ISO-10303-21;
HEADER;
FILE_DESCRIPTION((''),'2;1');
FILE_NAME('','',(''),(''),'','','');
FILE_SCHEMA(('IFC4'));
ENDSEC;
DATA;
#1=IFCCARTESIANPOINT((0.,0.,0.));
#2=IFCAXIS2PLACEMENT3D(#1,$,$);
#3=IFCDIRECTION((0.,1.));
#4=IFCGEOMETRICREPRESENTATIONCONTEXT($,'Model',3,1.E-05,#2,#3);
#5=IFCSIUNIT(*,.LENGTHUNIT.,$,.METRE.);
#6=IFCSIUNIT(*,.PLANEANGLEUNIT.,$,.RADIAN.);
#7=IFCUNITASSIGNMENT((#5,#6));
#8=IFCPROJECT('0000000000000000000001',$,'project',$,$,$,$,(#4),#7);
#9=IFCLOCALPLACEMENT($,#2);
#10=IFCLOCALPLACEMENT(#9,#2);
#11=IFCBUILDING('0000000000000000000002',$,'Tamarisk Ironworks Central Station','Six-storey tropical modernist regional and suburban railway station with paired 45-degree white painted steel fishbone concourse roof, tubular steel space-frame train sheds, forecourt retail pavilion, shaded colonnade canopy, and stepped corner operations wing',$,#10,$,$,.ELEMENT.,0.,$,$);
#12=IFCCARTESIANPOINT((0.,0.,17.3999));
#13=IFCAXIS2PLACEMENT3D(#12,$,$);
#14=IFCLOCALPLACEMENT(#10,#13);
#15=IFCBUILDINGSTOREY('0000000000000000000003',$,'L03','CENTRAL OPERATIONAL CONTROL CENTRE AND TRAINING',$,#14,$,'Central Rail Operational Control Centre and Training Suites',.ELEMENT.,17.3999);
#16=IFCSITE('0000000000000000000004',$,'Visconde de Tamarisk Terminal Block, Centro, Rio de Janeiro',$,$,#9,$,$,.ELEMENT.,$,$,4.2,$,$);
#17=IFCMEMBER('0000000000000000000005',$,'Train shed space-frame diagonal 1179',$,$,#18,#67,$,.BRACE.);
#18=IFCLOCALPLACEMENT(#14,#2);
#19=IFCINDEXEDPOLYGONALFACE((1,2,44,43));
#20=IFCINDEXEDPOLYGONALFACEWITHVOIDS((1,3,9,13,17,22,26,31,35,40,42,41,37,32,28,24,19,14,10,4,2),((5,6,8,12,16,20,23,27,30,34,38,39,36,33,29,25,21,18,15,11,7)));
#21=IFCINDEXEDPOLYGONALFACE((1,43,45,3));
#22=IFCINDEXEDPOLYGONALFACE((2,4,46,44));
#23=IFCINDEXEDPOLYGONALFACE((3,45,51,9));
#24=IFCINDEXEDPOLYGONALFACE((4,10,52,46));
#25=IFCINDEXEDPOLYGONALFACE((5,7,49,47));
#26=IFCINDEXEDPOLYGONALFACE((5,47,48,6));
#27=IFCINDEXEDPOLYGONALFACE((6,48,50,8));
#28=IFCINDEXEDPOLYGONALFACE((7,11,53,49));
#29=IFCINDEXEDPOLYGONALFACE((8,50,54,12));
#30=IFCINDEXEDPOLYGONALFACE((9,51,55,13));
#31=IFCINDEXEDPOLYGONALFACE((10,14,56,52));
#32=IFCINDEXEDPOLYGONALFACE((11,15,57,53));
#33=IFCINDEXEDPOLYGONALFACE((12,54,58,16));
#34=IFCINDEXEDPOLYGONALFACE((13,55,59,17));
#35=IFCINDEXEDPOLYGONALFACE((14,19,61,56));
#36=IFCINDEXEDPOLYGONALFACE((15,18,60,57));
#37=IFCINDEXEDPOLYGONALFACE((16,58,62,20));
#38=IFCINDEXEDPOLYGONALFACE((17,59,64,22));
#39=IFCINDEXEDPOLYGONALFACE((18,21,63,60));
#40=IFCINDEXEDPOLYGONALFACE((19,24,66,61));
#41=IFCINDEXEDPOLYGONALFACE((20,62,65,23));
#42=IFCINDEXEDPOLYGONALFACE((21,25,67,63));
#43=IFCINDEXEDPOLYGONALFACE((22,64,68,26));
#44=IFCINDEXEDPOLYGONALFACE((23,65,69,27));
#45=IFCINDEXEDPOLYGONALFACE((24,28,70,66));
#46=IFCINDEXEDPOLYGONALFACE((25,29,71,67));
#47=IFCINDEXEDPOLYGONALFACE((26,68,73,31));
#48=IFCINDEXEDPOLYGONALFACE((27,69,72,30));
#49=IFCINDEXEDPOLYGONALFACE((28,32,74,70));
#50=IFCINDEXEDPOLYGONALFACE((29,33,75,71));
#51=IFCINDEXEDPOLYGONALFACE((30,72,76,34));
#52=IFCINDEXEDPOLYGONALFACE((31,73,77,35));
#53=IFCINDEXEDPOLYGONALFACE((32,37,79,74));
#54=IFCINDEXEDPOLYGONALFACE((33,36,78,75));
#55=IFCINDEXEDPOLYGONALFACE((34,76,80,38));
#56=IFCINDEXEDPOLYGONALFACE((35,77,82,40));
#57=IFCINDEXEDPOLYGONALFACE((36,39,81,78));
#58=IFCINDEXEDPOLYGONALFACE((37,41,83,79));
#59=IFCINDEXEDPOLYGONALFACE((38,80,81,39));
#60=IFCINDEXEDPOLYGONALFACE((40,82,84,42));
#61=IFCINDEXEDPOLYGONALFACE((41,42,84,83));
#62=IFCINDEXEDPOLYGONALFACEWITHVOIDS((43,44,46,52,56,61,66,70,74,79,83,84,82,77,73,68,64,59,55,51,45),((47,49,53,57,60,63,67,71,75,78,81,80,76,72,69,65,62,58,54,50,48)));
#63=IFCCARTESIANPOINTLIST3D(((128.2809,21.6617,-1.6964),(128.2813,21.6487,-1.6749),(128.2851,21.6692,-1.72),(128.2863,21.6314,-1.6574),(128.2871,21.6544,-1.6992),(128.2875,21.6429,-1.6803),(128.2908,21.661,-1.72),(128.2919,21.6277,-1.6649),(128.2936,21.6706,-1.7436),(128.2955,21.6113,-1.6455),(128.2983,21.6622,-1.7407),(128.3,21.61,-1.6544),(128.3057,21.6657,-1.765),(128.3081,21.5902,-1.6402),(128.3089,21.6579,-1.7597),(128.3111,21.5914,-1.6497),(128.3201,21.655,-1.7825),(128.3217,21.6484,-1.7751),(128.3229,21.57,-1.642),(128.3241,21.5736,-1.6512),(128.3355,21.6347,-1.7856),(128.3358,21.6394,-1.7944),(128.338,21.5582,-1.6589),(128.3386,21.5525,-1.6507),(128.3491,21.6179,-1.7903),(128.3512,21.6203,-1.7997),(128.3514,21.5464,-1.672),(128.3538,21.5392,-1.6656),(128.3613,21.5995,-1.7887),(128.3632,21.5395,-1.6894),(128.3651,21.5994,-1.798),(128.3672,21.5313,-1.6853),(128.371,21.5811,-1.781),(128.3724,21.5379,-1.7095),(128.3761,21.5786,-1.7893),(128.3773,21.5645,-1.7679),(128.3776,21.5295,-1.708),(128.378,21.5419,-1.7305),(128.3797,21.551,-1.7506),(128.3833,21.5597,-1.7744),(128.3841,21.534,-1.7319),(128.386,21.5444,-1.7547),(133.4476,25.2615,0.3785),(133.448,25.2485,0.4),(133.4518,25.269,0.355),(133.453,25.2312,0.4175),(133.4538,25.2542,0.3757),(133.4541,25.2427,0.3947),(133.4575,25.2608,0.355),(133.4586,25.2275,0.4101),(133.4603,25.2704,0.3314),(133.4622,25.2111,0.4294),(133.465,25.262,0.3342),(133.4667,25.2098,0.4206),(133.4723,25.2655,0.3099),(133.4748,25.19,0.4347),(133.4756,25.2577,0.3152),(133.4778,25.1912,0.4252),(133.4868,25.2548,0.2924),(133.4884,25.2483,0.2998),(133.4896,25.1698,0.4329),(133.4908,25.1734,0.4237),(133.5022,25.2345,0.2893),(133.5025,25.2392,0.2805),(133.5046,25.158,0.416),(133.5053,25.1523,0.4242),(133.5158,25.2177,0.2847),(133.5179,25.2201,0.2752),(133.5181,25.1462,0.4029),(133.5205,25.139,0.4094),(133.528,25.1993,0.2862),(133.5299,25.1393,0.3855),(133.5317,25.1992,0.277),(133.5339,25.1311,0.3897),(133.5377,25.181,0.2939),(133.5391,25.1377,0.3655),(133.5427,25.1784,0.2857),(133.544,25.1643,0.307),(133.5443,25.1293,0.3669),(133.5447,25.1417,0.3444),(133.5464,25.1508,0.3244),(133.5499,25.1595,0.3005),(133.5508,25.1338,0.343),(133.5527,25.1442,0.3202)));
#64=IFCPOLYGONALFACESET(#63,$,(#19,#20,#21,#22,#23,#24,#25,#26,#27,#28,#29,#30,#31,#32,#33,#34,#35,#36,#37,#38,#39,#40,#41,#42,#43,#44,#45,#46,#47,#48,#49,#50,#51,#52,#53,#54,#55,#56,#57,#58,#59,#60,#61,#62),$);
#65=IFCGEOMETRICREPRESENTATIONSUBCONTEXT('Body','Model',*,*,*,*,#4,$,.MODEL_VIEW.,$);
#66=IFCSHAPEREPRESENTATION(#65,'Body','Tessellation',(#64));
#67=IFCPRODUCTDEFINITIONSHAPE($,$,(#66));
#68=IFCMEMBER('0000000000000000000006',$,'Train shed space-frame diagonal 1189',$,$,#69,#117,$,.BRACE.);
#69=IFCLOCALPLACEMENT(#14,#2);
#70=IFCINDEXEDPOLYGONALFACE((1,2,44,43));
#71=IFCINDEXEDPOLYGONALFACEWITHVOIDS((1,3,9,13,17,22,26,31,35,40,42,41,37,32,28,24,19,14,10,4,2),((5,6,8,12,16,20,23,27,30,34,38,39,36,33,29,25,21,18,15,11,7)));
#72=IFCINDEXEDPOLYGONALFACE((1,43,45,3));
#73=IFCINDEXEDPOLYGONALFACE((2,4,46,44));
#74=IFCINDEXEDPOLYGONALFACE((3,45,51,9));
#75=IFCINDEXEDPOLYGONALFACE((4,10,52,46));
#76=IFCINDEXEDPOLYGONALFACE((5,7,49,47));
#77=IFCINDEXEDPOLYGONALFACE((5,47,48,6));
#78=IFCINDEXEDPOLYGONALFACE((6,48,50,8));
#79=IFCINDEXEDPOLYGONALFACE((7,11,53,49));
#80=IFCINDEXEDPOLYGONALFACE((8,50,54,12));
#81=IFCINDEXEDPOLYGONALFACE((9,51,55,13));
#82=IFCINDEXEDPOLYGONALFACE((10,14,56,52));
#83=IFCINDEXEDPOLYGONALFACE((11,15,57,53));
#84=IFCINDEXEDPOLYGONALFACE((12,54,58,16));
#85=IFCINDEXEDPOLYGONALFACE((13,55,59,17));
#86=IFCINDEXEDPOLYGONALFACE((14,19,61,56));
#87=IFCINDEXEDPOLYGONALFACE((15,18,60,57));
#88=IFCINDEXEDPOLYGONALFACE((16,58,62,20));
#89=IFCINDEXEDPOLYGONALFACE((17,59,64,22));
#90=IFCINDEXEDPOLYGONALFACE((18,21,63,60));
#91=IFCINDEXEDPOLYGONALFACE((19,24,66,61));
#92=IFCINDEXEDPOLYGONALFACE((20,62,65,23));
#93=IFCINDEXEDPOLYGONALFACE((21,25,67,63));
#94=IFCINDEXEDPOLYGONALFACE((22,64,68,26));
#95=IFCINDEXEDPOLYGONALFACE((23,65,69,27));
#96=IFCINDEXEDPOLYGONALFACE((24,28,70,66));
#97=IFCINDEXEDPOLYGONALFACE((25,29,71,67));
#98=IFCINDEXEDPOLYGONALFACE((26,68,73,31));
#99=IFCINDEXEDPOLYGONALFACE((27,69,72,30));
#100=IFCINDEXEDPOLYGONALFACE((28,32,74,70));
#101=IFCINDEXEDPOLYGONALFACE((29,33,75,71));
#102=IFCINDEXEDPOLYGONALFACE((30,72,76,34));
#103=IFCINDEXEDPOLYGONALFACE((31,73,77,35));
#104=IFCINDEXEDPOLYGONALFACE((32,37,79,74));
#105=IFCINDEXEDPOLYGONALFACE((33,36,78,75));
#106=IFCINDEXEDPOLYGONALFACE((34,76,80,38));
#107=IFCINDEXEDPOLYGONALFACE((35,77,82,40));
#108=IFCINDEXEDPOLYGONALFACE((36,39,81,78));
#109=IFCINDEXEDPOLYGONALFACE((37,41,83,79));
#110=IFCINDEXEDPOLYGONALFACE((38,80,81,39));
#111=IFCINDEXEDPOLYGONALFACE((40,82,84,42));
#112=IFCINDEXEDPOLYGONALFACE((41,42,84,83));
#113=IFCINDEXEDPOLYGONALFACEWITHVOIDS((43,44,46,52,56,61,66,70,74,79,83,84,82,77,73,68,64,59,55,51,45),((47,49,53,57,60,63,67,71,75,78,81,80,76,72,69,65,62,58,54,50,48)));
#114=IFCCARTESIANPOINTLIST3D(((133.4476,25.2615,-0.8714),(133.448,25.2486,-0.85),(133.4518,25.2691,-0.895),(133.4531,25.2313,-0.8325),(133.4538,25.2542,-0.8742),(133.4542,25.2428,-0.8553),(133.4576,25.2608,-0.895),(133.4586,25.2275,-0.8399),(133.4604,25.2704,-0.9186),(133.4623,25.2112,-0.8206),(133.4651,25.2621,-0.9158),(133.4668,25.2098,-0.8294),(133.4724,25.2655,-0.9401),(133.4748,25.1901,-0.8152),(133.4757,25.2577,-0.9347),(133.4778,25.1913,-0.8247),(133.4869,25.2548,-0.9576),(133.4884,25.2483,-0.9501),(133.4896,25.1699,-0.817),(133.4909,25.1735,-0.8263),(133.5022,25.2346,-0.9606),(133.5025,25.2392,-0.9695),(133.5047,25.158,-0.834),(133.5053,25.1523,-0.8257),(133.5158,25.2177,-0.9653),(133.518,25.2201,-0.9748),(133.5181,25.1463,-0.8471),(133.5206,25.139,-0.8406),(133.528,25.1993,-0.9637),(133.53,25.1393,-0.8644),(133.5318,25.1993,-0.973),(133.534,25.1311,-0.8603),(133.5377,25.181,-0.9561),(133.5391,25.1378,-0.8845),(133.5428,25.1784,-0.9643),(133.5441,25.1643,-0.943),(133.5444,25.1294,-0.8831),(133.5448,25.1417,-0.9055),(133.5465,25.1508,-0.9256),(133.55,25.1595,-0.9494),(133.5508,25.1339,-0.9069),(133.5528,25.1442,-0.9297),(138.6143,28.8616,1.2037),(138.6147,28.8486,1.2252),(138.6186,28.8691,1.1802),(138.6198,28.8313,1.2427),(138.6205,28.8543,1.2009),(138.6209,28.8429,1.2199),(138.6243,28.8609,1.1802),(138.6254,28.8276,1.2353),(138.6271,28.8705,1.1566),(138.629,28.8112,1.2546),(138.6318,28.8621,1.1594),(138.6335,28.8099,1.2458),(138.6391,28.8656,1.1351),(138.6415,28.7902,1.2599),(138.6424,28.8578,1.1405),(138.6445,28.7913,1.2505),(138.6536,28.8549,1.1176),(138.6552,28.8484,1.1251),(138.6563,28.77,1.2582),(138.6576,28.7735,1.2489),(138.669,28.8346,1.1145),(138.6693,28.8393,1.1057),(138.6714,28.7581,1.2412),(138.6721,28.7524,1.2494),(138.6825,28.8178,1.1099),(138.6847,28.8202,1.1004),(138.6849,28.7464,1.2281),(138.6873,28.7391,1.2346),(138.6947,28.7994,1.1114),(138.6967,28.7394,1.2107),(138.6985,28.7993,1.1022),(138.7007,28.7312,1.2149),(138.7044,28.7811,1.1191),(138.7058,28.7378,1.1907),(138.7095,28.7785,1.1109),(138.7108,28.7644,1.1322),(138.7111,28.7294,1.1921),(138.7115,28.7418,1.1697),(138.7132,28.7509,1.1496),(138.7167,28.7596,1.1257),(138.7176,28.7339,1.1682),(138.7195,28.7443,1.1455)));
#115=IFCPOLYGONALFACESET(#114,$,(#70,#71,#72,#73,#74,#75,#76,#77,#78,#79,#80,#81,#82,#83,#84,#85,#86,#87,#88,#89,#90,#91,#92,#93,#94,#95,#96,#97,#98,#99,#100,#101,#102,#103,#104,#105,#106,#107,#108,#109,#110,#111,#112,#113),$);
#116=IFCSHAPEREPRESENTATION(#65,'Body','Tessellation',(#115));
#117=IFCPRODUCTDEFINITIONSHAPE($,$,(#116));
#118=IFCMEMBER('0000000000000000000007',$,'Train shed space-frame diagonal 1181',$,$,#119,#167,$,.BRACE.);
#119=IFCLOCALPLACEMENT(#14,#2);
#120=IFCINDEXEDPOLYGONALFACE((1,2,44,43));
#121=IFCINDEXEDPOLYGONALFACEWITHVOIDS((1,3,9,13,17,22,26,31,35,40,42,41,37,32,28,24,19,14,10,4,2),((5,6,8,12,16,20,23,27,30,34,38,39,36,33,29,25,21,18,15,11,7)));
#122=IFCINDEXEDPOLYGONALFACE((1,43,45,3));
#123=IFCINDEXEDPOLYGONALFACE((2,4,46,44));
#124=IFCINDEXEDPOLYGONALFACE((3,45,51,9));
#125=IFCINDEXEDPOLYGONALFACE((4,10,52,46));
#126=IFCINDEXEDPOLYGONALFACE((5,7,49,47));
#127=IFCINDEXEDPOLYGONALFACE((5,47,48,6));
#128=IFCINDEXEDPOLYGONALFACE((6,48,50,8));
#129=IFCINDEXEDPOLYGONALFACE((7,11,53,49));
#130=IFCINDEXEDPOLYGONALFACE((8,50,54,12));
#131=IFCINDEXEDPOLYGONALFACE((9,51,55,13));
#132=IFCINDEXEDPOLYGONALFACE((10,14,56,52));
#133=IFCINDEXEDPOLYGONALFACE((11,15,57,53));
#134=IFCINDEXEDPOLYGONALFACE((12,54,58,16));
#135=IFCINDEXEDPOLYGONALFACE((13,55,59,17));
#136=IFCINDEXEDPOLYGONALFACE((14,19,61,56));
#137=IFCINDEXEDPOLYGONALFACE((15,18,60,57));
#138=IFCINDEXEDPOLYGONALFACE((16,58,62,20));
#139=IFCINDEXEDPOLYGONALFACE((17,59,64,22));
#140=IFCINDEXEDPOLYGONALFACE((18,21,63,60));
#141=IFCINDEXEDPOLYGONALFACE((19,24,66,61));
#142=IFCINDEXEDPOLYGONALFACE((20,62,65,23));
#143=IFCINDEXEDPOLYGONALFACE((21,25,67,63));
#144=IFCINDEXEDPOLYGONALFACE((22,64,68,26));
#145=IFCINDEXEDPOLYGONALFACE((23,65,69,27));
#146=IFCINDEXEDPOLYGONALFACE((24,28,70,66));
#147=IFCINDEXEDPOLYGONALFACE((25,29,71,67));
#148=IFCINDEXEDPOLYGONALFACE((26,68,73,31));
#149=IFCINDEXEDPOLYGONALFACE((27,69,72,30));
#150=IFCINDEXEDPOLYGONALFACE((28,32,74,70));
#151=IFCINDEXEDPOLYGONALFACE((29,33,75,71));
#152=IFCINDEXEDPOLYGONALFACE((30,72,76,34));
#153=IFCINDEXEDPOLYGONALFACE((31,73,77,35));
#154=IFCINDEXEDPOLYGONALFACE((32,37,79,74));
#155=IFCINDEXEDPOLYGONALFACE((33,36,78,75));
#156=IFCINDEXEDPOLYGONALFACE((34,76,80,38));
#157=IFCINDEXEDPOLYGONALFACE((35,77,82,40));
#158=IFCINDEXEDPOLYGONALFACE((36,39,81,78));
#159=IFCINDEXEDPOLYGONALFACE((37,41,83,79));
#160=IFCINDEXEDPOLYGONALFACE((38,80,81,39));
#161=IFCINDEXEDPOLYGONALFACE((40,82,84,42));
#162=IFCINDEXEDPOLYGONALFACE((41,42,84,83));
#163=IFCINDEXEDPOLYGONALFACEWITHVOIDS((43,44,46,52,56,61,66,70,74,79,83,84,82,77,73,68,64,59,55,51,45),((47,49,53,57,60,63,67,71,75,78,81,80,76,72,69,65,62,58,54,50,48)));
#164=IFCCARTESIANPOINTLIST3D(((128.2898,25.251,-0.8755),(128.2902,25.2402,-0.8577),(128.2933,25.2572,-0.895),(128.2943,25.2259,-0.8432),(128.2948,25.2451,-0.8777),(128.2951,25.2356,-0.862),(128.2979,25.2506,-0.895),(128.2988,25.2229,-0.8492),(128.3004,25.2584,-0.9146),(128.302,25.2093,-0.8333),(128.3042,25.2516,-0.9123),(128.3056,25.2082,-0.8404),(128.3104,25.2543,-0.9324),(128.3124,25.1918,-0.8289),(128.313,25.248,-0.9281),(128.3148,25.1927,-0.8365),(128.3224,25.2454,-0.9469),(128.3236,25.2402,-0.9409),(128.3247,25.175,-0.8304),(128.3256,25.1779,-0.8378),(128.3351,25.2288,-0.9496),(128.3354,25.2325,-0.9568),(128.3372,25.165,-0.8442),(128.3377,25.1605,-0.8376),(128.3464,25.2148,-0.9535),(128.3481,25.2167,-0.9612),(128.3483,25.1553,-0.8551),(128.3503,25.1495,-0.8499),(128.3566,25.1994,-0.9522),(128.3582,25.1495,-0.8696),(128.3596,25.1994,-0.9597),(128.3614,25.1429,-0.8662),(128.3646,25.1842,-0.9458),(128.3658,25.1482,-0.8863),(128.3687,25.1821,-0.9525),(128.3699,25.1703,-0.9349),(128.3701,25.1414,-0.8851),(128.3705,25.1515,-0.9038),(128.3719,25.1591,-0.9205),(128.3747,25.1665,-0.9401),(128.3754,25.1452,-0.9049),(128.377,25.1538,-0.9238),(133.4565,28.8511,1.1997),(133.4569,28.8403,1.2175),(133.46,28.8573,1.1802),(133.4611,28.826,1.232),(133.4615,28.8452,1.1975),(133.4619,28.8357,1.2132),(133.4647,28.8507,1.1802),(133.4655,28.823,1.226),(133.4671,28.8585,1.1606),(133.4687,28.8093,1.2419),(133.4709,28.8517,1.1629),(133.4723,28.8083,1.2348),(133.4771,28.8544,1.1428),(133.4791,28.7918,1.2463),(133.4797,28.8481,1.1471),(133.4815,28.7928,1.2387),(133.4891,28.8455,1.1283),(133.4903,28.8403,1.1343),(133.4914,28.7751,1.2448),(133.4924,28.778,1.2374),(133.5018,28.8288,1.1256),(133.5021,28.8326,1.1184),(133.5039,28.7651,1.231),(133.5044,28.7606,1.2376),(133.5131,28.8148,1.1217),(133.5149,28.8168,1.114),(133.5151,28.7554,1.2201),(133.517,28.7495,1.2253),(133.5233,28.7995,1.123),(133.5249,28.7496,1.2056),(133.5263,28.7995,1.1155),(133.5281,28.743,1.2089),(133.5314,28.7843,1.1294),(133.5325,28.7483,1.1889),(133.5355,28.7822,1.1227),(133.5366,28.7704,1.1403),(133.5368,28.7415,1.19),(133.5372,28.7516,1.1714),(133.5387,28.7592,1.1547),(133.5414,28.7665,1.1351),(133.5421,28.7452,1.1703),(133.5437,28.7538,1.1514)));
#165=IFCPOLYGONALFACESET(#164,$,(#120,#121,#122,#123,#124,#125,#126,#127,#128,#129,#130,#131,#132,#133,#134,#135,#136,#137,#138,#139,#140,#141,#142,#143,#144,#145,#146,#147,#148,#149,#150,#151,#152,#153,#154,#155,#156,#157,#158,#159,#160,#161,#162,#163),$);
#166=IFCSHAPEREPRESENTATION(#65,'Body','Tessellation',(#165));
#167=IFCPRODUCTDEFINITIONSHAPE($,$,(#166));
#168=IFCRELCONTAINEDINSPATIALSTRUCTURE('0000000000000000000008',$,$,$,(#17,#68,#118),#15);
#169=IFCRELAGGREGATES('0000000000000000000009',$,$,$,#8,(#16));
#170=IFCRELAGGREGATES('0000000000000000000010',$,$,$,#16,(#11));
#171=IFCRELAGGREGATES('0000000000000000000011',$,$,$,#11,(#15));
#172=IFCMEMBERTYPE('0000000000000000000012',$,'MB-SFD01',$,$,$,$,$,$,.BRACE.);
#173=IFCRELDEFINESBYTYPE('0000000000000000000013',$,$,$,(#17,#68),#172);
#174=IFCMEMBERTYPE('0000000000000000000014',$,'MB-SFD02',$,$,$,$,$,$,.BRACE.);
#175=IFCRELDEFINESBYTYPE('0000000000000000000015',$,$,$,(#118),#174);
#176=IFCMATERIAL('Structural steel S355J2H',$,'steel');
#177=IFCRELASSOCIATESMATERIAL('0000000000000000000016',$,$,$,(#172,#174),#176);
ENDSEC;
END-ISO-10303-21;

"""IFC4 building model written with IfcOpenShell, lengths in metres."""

from ifc_helpers import new_model, si_unit, direction, frame, origin, origin_2d, place, context, subcontext, project, spatial, hollow_circle, extrude, material, material_profile, profile_set, type_object, element, save


model = new_model("IFC4")

# Units and contexts
model_context = context("Model", 3, precision=1e-05, world=origin(), true_north=direction((0.0, 1.0)))
body_context = subcontext(model_context, "Body", "Model", "MODEL_VIEW")
ifc_project = project(units=[si_unit("LENGTHUNIT", "METRE"), si_unit("PLANEANGLEUNIT", "RADIAN")], contexts=[model_context])

# Site, building, storey
site_placement = place(None, origin())
site = spatial("IfcSite", under=ifc_project, at=site_placement, Name="Visconde de Tamarisk Terminal Block, Centro, Rio de Janeiro", CompositionType="ELEMENT", RefElevation=4.2)
building_placement = place(site_placement, origin())
building = spatial("IfcBuilding", under=site, at=building_placement, Name="Tamarisk Ironworks Central Station", Description="Six-storey tropical modernist regional and suburban railway station with paired 45-degree white painted steel fishbone concourse roof, tubular steel space-frame train sheds, forecourt retail pavilion, shaded colonnade canopy, and stepped corner operations wing", CompositionType="ELEMENT", ElevationOfRefHeight=0.0)
storey_placement = place(building_placement, frame((0.0, 0.0, 17.3999)))
storey = spatial("IfcBuildingStorey", under=building, at=storey_placement, Name="L03", Description="CENTRAL OPERATIONAL CONTROL CENTRE AND TRAINING", LongName="Central Rail Operational Control Centre and Training Suites", CompositionType="ELEMENT", Elevation=17.3999)

# Members
ifc_material_1 = material(Name="Structural steel S355J2H", Category="steel")
ifc_material_profile_1 = material_profile(ifc_material_1, hollow_circle(Radius=0.0842, WallThickness=0.01, at=origin_2d()), Name="CHS 168.3x10")
ifc_profile_set_1 = profile_set([ifc_material_profile_1], Name="Structural steel S355J2H")
member_type_1 = type_object("IfcMemberType", Name="MB-SFD01", PredefinedType="BRACE", material=ifc_profile_set_1)
member_1_placement = place(storey_placement, frame((128.3333, 21.6001, -1.72), z_axis=(0.779274, 0.542947, 0.312954), x_axis=(-0.571663, 0.820489, 0.0)))
element("IfcMember", 1, at=member_1_placement, inside=storey, type_object=member_type_1, Name="Train shed space-frame diagonal 1179", PredefinedType="BRACE", context=body_context, shape_type="SweptSolid", body=[
    extrude(hollow_circle(Radius=0.0842, WallThickness=0.01, at=origin_2d()), origin(), (0.0, 0.0, 1.0), 6.6301),
])
member_2_placement = place(storey_placement, frame((133.5, 25.2, -0.895), z_axis=(0.779249, 0.542967, 0.312981), x_axis=(-0.571689, 0.82047, 0.0)))
element("IfcMember", 2, at=member_2_placement, inside=storey, type_object=member_type_1, Name="Train shed space-frame diagonal 1189", PredefinedType="BRACE", context=body_context, shape_type="SweptSolid", body=[
    extrude(hollow_circle(Radius=0.0842, WallThickness=0.01, at=origin_2d()), origin(), (0.0, 0.0, 1.0), 6.6304),
])
ifc_material_profile_2 = material_profile(ifc_material_1, hollow_circle(Radius=0.0698, WallThickness=0.0081, at=origin_2d()), Name="CHS 139.7x8")
ifc_profile_set_2 = profile_set([ifc_material_profile_2], Name="Structural steel S355J2H")
member_type_2 = type_object("IfcMemberType", Name="MB-SFD02", PredefinedType="BRACE", material=ifc_profile_set_2)
member_3_placement = place(storey_placement, frame((128.3333, 25.2, -0.895), z_axis=(0.779249, 0.542967, 0.312981), x_axis=(-0.571689, 0.82047, 0.0)))
element("IfcMember", 3, at=member_3_placement, inside=storey, type_object=member_type_2, Name="Train shed space-frame diagonal 1181", PredefinedType="BRACE", context=body_context, shape_type="SweptSolid", body=[
    extrude(hollow_circle(Radius=0.0698, WallThickness=0.0081, at=origin_2d()), origin(), (0.0, 0.0, 1.0), 6.6304),
])

save(model, "model.ifc")
